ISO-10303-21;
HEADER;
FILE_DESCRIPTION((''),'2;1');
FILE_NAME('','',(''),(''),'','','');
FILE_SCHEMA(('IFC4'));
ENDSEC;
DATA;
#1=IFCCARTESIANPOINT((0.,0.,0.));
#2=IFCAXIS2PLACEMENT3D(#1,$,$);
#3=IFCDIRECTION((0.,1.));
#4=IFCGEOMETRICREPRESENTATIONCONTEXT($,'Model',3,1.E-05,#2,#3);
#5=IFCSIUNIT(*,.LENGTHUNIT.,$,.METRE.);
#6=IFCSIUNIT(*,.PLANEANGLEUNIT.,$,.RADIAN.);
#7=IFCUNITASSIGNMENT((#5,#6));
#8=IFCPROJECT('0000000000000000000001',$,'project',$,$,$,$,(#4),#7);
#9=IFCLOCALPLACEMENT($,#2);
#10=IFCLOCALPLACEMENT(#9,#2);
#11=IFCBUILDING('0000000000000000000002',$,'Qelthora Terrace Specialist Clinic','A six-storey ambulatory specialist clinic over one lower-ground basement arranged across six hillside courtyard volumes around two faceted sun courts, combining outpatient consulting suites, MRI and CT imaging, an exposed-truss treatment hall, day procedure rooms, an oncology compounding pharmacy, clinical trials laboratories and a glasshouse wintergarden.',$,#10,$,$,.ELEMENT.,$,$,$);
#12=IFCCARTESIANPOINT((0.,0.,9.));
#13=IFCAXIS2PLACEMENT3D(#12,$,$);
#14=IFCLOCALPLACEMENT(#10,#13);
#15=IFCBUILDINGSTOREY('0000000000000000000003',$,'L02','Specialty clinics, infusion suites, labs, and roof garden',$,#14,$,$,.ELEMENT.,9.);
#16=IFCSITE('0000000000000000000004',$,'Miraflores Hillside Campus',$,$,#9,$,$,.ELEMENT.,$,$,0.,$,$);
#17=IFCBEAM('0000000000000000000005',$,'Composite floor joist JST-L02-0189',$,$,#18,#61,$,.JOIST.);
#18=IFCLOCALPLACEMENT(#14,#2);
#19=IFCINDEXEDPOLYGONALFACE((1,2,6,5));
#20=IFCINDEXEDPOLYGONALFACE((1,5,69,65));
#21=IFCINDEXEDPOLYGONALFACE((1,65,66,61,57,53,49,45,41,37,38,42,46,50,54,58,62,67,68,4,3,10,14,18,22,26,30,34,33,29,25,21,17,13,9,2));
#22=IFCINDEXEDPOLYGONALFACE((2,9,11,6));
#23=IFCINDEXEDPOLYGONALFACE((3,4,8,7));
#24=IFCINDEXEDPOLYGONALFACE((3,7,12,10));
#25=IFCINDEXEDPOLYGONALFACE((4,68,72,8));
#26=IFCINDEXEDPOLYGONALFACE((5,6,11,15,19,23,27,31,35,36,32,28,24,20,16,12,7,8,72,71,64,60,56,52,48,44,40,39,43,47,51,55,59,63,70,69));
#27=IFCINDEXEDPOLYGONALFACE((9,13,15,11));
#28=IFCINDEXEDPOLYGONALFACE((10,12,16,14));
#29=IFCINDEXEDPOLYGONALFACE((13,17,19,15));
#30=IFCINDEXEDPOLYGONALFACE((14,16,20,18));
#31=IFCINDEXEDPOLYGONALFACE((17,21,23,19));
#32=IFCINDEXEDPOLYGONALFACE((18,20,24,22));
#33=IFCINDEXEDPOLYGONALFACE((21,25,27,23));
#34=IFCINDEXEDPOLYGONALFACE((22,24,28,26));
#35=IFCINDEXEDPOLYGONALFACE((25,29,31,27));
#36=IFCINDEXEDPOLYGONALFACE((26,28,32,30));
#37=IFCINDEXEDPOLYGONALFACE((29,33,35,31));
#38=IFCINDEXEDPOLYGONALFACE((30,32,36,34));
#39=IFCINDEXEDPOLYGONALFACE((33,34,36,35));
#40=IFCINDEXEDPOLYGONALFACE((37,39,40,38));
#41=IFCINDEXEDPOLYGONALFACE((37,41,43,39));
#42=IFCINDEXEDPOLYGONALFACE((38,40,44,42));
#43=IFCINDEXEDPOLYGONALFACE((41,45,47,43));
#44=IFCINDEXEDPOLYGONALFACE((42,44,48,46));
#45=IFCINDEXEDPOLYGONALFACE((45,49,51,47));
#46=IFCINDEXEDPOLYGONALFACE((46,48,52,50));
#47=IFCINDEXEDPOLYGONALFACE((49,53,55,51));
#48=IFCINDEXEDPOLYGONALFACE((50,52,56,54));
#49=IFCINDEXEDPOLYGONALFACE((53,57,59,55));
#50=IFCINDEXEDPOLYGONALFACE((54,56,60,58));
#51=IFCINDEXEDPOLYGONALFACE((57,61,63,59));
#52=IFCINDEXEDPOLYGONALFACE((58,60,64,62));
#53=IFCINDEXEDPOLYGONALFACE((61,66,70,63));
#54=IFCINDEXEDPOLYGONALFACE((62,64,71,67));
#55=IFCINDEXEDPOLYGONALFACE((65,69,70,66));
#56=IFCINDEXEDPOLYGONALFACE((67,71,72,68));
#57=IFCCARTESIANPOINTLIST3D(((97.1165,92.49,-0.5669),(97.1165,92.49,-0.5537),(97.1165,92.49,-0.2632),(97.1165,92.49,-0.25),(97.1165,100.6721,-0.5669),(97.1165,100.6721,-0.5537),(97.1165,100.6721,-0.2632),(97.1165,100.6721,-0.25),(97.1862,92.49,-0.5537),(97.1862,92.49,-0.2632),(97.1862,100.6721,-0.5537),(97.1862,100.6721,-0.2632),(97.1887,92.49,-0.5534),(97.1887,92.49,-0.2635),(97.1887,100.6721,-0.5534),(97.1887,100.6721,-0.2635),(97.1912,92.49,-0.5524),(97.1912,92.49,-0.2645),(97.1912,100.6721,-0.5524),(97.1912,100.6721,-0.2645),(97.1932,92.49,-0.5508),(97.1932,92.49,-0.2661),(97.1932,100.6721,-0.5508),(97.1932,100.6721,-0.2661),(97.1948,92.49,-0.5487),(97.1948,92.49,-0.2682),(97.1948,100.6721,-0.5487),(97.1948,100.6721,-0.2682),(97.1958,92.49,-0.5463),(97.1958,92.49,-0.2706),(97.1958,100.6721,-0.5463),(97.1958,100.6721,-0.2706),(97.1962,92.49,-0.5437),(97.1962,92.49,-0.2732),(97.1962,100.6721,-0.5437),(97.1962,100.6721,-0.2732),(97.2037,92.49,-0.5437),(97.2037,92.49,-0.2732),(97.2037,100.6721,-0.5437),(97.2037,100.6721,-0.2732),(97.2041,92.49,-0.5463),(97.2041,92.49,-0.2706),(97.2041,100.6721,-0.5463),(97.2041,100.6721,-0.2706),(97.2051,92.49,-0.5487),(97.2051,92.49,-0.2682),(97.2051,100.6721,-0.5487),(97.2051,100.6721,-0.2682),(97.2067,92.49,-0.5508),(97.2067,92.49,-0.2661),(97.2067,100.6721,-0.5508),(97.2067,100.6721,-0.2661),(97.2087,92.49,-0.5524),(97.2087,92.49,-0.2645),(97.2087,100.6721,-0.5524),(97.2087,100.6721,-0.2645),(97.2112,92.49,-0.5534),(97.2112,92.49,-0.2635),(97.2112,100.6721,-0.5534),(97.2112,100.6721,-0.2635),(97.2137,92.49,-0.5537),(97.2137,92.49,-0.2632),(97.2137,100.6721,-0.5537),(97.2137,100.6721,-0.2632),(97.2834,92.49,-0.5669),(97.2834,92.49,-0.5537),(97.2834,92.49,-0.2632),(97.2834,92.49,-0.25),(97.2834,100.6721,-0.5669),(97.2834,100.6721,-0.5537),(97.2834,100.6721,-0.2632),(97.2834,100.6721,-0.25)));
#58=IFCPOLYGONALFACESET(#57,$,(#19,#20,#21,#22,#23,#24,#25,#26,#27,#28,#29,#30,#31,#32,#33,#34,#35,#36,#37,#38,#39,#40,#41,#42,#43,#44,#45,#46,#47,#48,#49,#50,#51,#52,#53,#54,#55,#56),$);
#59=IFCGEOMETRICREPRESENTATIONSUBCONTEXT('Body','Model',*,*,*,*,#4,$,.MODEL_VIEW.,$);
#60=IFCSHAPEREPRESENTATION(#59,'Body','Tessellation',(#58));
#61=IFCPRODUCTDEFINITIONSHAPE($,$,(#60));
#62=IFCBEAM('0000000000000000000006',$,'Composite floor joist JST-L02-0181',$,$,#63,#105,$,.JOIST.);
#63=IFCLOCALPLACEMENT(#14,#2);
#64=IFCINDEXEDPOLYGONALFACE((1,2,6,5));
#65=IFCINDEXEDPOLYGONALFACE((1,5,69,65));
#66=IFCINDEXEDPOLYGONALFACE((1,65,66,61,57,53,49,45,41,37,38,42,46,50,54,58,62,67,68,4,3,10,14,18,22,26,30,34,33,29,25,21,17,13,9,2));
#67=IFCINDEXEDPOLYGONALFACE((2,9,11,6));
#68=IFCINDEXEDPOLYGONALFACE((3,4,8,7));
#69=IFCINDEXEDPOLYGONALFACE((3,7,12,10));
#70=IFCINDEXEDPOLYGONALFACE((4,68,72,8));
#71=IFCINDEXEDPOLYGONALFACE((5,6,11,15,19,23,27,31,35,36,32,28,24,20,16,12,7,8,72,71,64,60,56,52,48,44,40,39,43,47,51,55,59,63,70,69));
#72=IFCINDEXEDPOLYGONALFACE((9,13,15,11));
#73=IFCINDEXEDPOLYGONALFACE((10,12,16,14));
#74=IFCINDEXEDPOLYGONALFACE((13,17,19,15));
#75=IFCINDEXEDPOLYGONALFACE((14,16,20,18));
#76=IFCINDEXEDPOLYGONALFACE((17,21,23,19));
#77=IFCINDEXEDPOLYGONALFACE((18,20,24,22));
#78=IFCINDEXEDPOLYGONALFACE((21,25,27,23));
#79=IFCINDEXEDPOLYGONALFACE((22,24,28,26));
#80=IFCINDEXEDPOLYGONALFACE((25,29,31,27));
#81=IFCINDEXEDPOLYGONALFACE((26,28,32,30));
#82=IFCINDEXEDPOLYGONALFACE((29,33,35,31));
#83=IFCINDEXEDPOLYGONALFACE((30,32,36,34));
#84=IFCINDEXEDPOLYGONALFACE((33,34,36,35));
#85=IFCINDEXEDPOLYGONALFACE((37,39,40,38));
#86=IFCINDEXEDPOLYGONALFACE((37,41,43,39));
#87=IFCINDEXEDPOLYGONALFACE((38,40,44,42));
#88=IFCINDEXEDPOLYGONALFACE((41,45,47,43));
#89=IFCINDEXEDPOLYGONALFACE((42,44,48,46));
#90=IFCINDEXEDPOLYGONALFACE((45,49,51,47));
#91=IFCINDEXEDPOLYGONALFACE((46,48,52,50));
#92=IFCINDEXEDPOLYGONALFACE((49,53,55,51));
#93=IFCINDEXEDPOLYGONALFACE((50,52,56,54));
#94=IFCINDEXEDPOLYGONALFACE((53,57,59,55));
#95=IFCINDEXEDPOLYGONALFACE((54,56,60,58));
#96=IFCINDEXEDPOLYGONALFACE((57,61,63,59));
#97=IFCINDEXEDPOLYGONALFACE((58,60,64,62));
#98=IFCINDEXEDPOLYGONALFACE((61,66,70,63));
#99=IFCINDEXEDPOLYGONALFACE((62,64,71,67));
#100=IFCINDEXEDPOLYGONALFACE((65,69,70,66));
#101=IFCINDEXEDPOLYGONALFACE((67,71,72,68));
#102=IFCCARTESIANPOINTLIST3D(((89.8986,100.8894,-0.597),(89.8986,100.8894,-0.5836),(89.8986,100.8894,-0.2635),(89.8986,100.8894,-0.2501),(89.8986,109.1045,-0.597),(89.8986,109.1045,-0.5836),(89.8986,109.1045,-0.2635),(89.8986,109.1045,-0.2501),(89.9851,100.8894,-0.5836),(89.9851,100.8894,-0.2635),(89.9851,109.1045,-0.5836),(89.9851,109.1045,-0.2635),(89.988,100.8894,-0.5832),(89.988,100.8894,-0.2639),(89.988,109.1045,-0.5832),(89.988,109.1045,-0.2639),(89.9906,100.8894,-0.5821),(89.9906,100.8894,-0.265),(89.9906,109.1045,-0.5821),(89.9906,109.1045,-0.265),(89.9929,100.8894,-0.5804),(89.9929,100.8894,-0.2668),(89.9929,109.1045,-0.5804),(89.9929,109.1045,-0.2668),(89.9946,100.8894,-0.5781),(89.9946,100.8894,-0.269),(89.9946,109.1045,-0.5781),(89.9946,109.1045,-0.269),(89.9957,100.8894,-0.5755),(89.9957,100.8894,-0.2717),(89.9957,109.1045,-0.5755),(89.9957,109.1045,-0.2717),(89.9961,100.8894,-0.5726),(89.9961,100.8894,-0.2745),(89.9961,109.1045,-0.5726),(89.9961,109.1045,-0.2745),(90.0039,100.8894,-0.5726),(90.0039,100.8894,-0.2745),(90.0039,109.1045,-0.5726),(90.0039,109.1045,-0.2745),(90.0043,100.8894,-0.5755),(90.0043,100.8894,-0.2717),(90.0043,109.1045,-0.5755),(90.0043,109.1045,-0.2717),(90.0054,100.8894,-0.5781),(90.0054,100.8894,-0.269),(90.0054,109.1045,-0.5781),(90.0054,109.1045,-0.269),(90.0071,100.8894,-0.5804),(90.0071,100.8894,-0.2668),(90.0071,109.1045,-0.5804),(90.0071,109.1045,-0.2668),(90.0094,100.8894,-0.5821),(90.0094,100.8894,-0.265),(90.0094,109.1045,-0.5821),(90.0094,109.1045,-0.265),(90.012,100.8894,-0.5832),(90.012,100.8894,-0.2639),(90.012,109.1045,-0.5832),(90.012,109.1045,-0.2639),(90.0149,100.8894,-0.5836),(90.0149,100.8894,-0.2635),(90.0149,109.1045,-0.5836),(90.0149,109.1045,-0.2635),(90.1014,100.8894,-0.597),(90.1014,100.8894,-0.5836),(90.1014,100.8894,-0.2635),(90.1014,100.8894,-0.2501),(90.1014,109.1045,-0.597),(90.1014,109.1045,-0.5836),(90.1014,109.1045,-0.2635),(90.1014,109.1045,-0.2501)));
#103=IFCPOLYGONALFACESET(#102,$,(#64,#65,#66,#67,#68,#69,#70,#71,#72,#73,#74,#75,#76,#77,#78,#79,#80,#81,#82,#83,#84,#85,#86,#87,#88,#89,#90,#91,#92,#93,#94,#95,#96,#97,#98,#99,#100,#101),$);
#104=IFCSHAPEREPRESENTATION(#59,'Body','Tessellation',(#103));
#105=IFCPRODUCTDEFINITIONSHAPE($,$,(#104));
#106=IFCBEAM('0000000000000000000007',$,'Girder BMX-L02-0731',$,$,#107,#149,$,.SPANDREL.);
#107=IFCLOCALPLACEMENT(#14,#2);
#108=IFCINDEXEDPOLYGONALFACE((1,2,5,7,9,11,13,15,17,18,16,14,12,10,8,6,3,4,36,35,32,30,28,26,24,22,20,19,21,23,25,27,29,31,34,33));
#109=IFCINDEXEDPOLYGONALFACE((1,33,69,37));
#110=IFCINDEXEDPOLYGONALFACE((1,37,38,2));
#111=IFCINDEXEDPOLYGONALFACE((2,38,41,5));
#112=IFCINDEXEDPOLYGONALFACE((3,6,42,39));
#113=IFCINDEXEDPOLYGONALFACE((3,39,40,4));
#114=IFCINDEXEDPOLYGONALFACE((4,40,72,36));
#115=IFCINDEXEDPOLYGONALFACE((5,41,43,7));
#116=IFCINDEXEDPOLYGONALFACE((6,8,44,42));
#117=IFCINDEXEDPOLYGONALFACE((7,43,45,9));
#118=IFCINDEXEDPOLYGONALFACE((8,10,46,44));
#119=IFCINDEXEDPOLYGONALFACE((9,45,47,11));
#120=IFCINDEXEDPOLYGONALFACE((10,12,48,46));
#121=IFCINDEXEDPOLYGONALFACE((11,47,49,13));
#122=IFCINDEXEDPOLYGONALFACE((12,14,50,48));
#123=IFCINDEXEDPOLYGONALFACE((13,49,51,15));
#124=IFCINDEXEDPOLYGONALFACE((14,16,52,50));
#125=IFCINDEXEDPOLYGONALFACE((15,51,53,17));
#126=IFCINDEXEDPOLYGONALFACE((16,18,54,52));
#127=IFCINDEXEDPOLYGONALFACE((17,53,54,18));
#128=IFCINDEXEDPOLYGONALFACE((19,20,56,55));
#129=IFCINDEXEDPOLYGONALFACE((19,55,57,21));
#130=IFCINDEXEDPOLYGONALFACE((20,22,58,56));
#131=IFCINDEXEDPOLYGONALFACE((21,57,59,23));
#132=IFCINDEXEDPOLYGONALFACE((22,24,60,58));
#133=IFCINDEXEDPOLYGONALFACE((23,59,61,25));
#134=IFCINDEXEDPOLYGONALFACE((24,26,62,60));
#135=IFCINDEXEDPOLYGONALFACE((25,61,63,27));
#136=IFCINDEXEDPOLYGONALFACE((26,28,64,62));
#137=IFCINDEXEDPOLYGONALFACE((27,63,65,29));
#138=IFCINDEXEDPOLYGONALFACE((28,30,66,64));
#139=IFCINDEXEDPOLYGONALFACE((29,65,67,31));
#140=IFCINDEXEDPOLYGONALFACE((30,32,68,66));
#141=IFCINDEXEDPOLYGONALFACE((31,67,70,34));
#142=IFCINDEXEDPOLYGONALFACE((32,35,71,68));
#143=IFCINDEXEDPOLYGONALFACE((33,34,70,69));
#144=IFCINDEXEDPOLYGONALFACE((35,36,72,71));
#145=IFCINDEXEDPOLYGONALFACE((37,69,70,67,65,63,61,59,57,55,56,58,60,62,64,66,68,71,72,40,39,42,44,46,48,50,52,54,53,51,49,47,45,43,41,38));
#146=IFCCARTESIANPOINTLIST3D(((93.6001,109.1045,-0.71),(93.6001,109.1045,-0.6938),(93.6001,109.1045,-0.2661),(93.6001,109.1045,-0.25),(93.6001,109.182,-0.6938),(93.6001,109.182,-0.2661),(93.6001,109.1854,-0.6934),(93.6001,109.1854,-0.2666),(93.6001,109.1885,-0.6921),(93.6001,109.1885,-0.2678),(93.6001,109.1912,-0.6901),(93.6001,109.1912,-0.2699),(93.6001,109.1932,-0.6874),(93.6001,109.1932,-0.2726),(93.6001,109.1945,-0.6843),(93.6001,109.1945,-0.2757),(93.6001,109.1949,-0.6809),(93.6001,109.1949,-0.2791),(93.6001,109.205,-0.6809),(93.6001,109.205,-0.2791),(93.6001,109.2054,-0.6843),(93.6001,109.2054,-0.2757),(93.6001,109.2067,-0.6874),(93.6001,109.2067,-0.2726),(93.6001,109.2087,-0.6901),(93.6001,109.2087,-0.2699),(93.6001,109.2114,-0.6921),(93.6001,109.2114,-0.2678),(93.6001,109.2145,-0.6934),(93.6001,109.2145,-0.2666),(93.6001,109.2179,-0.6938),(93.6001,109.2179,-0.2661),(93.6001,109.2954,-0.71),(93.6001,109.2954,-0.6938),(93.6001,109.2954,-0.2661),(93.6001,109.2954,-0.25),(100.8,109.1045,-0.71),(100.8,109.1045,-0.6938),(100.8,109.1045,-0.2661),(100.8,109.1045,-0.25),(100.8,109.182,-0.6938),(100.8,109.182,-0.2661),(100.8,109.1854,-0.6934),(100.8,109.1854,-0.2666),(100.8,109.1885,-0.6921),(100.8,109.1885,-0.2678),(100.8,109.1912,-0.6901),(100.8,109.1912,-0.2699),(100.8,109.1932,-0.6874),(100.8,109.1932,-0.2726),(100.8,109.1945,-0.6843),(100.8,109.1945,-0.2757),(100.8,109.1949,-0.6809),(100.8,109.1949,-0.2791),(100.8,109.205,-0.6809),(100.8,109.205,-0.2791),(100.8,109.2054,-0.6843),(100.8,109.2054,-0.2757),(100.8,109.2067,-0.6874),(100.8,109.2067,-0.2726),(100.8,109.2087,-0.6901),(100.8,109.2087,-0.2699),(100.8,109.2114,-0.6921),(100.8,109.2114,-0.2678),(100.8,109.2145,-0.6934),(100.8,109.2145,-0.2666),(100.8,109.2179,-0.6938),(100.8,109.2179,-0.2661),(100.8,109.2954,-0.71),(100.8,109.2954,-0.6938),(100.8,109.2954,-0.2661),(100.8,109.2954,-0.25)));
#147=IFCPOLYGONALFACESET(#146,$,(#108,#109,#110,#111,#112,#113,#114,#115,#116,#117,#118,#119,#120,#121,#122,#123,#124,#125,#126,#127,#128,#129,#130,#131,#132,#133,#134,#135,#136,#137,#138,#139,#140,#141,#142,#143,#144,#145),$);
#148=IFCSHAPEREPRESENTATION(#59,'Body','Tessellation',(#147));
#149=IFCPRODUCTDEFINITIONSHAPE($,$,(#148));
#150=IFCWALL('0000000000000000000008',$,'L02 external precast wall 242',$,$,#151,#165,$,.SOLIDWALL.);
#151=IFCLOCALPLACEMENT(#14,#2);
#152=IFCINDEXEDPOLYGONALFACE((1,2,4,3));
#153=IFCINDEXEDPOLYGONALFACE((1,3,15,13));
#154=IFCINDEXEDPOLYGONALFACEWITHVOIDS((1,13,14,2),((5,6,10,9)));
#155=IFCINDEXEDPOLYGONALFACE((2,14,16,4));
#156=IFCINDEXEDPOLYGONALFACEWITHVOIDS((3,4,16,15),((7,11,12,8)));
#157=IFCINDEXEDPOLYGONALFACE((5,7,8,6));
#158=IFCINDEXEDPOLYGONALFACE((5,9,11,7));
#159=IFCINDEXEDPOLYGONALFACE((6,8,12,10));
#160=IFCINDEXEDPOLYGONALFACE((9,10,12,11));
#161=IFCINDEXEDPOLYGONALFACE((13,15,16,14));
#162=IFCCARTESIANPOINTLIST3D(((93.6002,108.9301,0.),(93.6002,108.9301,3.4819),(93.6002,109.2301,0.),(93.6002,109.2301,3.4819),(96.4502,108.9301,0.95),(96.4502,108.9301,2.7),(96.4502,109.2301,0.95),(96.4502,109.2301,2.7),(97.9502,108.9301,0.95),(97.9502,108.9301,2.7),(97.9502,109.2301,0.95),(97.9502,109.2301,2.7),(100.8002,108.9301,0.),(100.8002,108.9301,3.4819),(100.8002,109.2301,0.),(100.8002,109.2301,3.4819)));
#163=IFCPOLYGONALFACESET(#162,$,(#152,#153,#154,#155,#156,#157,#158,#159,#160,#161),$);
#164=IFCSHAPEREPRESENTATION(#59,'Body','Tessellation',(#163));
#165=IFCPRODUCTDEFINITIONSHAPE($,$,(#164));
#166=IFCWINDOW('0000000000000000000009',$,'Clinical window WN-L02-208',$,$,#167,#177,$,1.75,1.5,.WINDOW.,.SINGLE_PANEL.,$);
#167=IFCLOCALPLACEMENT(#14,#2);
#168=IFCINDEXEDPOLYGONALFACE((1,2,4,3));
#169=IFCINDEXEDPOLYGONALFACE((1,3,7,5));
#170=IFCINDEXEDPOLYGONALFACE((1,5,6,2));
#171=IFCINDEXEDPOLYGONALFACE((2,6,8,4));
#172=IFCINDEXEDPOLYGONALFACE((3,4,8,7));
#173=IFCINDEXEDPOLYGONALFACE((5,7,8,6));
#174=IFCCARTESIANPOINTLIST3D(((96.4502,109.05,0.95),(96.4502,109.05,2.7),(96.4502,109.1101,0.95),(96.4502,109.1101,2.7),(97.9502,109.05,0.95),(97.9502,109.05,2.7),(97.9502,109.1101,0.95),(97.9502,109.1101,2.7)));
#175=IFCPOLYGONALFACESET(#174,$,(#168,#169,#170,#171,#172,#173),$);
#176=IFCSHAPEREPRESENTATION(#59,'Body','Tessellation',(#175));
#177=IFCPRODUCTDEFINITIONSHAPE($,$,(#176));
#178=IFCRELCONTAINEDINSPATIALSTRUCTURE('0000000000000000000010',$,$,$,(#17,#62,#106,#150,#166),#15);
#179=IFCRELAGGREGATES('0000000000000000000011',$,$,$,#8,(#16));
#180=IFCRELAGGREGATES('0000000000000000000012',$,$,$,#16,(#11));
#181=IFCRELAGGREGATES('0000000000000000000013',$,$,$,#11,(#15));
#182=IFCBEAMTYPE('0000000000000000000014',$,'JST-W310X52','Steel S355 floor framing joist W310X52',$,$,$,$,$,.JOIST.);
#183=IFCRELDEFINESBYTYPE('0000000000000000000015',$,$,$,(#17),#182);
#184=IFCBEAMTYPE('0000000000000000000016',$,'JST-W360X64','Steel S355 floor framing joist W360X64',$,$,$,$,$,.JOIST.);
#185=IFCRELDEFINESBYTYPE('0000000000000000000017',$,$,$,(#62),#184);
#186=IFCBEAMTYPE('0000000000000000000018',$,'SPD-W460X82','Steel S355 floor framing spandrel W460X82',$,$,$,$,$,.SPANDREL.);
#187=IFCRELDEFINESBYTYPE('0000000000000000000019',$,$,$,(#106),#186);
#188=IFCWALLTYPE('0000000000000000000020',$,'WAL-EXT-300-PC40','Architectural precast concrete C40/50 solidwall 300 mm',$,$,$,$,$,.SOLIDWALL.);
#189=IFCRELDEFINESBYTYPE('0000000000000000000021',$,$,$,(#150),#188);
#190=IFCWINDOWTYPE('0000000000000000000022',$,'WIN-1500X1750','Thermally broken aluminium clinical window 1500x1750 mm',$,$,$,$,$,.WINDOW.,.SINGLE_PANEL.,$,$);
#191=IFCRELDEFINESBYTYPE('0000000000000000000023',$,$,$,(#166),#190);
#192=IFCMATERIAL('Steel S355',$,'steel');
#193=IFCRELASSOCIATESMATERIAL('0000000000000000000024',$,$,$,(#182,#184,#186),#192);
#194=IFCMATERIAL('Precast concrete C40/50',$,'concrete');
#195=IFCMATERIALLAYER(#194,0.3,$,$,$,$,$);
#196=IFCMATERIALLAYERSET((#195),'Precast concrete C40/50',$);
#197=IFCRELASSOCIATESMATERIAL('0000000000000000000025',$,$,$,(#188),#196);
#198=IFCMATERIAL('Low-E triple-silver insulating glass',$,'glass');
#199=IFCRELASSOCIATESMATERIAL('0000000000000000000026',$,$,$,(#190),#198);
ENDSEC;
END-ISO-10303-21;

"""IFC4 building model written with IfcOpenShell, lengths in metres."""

from ifc_helpers import new_model, si_unit, direction, frame, frame_2d, origin, origin_2d, place, context, subcontext, project, spatial, rectangle, i_section, extrude, material, layer, layer_set, material_profile, profile_set, type_object, element, fill, save


model = new_model("IFC4")

# Units and contexts
model_context = context("Model", 3, precision=1e-05, world=origin(), true_north=direction((0.0, 1.0)))
body_context = subcontext(model_context, "Body", "Model", "MODEL_VIEW")
ifc_project = project(units=[si_unit("LENGTHUNIT", "METRE"), si_unit("PLANEANGLEUNIT", "RADIAN")], contexts=[model_context])

# Site, building, storey
site_placement = place(None, origin())
site = spatial("IfcSite", under=ifc_project, at=site_placement, Name="Miraflores Hillside Campus", CompositionType="ELEMENT", RefElevation=0.0)
building_placement = place(site_placement, origin())
building = spatial("IfcBuilding", under=site, at=building_placement, Name="Qelthora Terrace Specialist Clinic", Description="A six-storey ambulatory specialist clinic over one lower-ground basement arranged across six hillside courtyard volumes around two faceted sun courts, combining outpatient consulting suites, MRI and CT imaging, an exposed-truss treatment hall, day procedure rooms, an oncology compounding pharmacy, clinical trials laboratories and a glasshouse wintergarden.", CompositionType="ELEMENT")
storey_placement = place(building_placement, frame((0.0, 0.0, 9.0)))
storey = spatial("IfcBuildingStorey", under=building, at=storey_placement, Name="L02", Description="Specialty clinics, infusion suites, labs, and roof garden", CompositionType="ELEMENT", Elevation=9.0)

# Shared definitions
ifc_material_1 = material(Name="Steel S355", Category="steel")

# Beams
ifc_material_profile_1 = material_profile(ifc_material_1, i_section(OverallWidth=0.167, OverallDepth=0.3169, WebThickness=0.0076, FlangeThickness=0.0132, FilletRadius=0.01, at=origin_2d()), Name="W310X52")
ifc_profile_set_1 = profile_set([ifc_material_profile_1], Name="Steel S355")
beam_type_1 = type_object("IfcBeamType", Name="JST-W310X52", Description="Steel S355 floor framing joist W310X52", PredefinedType="JOIST", material=ifc_profile_set_1)
beam_1_placement = place(storey_placement, frame((97.2, 92.49, -0.4084), z_axis=(0.0, 1.0, 0.0), x_axis=(-1.0, 0.0, 0.0)))
element("IfcBeam", 1, at=beam_1_placement, inside=storey, type_object=beam_type_1, Name="Composite floor joist JST-L02-0189", PredefinedType="JOIST", context=body_context, shape_type="SweptSolid", body=[
    extrude(i_section(OverallWidth=0.167, OverallDepth=0.3169, WebThickness=0.0076, FlangeThickness=0.0132, FilletRadius=0.01, at=origin_2d()), origin(), (0.0, 0.0, 1.0), 8.1821),
])
ifc_material_profile_2 = material_profile(ifc_material_1, i_section(OverallWidth=0.2029, OverallDepth=0.3469, WebThickness=0.0078, FlangeThickness=0.0134, FilletRadius=0.011, at=origin_2d()), Name="W360X64")
ifc_profile_set_2 = profile_set([ifc_material_profile_2], Name="Steel S355")
beam_type_2 = type_object("IfcBeamType", Name="JST-W360X64", Description="Steel S355 floor framing joist W360X64", PredefinedType="JOIST", material=ifc_profile_set_2)
beam_2_placement = place(storey_placement, frame((90.0, 100.8894, -0.4236), z_axis=(0.0, 1.0, 0.0), x_axis=(-1.0, 0.0, 0.0)))
element("IfcBeam", 2, at=beam_2_placement, inside=storey, type_object=beam_type_2, Name="Composite floor joist JST-L02-0181", PredefinedType="JOIST", context=body_context, shape_type="SweptSolid", body=[
    extrude(i_section(OverallWidth=0.2029, OverallDepth=0.3469, WebThickness=0.0078, FlangeThickness=0.0134, FilletRadius=0.011, at=origin_2d()), origin(), (0.0, 0.0, 1.0), 8.2151),
])
ifc_material_profile_3 = material_profile(ifc_material_1, i_section(OverallWidth=0.1909, OverallDepth=0.46, WebThickness=0.01, FlangeThickness=0.0161, FilletRadius=0.0129, at=origin_2d()), Name="W460X82")
ifc_profile_set_3 = profile_set([ifc_material_profile_3], Name="Steel S355")
beam_type_3 = type_object("IfcBeamType", Name="SPD-W460X82", Description="Steel S355 floor framing spandrel W460X82", PredefinedType="SPANDREL", material=ifc_profile_set_3)
beam_3_placement = place(storey_placement, frame((93.6001, 109.2, -0.48), z_axis=(1.0, 0.0, 0.0), x_axis=(0.0, 1.0, 0.0)))
element("IfcBeam", 3, at=beam_3_placement, inside=storey, type_object=beam_type_3, Name="Girder BMX-L02-0731", PredefinedType="SPANDREL", context=body_context, shape_type="SweptSolid", body=[
    extrude(i_section(OverallWidth=0.1909, OverallDepth=0.46, WebThickness=0.01, FlangeThickness=0.0161, FilletRadius=0.0129, at=origin_2d()), origin(), (0.0, 0.0, 1.0), 7.2),
])

# Wall, opening, window
ifc_material_2 = material(Name="Precast concrete C40/50", Category="concrete")
ifc_layer_1 = layer(ifc_material_2, 0.3)
ifc_layer_set_1 = layer_set([ifc_layer_1], Name="Precast concrete C40/50")
wall_type_1 = type_object("IfcWallType", Name="WAL-EXT-300-PC40", Description="Architectural precast concrete C40/50 solidwall 300 mm", PredefinedType="SOLIDWALL", material=ifc_layer_set_1)
wall_1_placement = place(storey_placement, frame((93.6001, 109.0801, 0.0), z_axis=(0.0, 0.0, 1.0), x_axis=(1.0, 0.0, 0.0)))
wall_1 = element("IfcWall", 4, at=wall_1_placement, inside=storey, type_object=wall_type_1, Name="L02 external precast wall 242", PredefinedType="SOLIDWALL", context=body_context, shape_type="SweptSolid", body=[
    extrude(rectangle(XDim=7.2, YDim=0.3, at=frame_2d((3.6001, 0.0))), origin(), (0.0, 0.0, 1.0), 3.4819),
])
opening_1_placement = place(wall_1_placement, frame((2.8501, 0.0, 0.95)))
opening_1 = element("IfcOpeningElement", 5, at=opening_1_placement, cuts=wall_1, PredefinedType="OPENING", context=body_context, shape_type="SweptSolid", body=[
    extrude(rectangle(XDim=1.5, YDim=1.75, at=frame_2d((0.75, 0.875))), frame((0.0, 0.1599, 0.0), z_axis=(0.0, -1.0, 0.0), x_axis=(1.0, 0.0, 0.0)), (0.0, 0.0, 1.0), 0.3201),
])
ifc_material_3 = material(Name="Low-E triple-silver insulating glass", Category="glass")
window_type = type_object("IfcWindowType", Name="WIN-1500X1750", Description="Thermally broken aluminium clinical window 1500x1750 mm", PartitioningType="SINGLE_PANEL", PredefinedType="WINDOW", material=ifc_material_3)
window_placement = place(opening_1_placement, origin())
window = element("IfcWindow", 6, at=window_placement, inside=storey, type_object=window_type, Name="Clinical window WN-L02-208", OverallHeight=1.75, OverallWidth=1.5, PartitioningType="SINGLE_PANEL", PredefinedType="WINDOW", context=body_context, shape_type="SweptSolid", body=[
    extrude(rectangle(XDim=1.5, YDim=1.75, at=frame_2d((0.75, 0.875))), frame((0.0, 0.03, 0.0), z_axis=(0.0, -1.0, 0.0), x_axis=(1.0, 0.0, 0.0)), (0.0, 0.0, 1.0), 0.0601),
])
fill(opening_1, window)

save(model, "model.ifc")
